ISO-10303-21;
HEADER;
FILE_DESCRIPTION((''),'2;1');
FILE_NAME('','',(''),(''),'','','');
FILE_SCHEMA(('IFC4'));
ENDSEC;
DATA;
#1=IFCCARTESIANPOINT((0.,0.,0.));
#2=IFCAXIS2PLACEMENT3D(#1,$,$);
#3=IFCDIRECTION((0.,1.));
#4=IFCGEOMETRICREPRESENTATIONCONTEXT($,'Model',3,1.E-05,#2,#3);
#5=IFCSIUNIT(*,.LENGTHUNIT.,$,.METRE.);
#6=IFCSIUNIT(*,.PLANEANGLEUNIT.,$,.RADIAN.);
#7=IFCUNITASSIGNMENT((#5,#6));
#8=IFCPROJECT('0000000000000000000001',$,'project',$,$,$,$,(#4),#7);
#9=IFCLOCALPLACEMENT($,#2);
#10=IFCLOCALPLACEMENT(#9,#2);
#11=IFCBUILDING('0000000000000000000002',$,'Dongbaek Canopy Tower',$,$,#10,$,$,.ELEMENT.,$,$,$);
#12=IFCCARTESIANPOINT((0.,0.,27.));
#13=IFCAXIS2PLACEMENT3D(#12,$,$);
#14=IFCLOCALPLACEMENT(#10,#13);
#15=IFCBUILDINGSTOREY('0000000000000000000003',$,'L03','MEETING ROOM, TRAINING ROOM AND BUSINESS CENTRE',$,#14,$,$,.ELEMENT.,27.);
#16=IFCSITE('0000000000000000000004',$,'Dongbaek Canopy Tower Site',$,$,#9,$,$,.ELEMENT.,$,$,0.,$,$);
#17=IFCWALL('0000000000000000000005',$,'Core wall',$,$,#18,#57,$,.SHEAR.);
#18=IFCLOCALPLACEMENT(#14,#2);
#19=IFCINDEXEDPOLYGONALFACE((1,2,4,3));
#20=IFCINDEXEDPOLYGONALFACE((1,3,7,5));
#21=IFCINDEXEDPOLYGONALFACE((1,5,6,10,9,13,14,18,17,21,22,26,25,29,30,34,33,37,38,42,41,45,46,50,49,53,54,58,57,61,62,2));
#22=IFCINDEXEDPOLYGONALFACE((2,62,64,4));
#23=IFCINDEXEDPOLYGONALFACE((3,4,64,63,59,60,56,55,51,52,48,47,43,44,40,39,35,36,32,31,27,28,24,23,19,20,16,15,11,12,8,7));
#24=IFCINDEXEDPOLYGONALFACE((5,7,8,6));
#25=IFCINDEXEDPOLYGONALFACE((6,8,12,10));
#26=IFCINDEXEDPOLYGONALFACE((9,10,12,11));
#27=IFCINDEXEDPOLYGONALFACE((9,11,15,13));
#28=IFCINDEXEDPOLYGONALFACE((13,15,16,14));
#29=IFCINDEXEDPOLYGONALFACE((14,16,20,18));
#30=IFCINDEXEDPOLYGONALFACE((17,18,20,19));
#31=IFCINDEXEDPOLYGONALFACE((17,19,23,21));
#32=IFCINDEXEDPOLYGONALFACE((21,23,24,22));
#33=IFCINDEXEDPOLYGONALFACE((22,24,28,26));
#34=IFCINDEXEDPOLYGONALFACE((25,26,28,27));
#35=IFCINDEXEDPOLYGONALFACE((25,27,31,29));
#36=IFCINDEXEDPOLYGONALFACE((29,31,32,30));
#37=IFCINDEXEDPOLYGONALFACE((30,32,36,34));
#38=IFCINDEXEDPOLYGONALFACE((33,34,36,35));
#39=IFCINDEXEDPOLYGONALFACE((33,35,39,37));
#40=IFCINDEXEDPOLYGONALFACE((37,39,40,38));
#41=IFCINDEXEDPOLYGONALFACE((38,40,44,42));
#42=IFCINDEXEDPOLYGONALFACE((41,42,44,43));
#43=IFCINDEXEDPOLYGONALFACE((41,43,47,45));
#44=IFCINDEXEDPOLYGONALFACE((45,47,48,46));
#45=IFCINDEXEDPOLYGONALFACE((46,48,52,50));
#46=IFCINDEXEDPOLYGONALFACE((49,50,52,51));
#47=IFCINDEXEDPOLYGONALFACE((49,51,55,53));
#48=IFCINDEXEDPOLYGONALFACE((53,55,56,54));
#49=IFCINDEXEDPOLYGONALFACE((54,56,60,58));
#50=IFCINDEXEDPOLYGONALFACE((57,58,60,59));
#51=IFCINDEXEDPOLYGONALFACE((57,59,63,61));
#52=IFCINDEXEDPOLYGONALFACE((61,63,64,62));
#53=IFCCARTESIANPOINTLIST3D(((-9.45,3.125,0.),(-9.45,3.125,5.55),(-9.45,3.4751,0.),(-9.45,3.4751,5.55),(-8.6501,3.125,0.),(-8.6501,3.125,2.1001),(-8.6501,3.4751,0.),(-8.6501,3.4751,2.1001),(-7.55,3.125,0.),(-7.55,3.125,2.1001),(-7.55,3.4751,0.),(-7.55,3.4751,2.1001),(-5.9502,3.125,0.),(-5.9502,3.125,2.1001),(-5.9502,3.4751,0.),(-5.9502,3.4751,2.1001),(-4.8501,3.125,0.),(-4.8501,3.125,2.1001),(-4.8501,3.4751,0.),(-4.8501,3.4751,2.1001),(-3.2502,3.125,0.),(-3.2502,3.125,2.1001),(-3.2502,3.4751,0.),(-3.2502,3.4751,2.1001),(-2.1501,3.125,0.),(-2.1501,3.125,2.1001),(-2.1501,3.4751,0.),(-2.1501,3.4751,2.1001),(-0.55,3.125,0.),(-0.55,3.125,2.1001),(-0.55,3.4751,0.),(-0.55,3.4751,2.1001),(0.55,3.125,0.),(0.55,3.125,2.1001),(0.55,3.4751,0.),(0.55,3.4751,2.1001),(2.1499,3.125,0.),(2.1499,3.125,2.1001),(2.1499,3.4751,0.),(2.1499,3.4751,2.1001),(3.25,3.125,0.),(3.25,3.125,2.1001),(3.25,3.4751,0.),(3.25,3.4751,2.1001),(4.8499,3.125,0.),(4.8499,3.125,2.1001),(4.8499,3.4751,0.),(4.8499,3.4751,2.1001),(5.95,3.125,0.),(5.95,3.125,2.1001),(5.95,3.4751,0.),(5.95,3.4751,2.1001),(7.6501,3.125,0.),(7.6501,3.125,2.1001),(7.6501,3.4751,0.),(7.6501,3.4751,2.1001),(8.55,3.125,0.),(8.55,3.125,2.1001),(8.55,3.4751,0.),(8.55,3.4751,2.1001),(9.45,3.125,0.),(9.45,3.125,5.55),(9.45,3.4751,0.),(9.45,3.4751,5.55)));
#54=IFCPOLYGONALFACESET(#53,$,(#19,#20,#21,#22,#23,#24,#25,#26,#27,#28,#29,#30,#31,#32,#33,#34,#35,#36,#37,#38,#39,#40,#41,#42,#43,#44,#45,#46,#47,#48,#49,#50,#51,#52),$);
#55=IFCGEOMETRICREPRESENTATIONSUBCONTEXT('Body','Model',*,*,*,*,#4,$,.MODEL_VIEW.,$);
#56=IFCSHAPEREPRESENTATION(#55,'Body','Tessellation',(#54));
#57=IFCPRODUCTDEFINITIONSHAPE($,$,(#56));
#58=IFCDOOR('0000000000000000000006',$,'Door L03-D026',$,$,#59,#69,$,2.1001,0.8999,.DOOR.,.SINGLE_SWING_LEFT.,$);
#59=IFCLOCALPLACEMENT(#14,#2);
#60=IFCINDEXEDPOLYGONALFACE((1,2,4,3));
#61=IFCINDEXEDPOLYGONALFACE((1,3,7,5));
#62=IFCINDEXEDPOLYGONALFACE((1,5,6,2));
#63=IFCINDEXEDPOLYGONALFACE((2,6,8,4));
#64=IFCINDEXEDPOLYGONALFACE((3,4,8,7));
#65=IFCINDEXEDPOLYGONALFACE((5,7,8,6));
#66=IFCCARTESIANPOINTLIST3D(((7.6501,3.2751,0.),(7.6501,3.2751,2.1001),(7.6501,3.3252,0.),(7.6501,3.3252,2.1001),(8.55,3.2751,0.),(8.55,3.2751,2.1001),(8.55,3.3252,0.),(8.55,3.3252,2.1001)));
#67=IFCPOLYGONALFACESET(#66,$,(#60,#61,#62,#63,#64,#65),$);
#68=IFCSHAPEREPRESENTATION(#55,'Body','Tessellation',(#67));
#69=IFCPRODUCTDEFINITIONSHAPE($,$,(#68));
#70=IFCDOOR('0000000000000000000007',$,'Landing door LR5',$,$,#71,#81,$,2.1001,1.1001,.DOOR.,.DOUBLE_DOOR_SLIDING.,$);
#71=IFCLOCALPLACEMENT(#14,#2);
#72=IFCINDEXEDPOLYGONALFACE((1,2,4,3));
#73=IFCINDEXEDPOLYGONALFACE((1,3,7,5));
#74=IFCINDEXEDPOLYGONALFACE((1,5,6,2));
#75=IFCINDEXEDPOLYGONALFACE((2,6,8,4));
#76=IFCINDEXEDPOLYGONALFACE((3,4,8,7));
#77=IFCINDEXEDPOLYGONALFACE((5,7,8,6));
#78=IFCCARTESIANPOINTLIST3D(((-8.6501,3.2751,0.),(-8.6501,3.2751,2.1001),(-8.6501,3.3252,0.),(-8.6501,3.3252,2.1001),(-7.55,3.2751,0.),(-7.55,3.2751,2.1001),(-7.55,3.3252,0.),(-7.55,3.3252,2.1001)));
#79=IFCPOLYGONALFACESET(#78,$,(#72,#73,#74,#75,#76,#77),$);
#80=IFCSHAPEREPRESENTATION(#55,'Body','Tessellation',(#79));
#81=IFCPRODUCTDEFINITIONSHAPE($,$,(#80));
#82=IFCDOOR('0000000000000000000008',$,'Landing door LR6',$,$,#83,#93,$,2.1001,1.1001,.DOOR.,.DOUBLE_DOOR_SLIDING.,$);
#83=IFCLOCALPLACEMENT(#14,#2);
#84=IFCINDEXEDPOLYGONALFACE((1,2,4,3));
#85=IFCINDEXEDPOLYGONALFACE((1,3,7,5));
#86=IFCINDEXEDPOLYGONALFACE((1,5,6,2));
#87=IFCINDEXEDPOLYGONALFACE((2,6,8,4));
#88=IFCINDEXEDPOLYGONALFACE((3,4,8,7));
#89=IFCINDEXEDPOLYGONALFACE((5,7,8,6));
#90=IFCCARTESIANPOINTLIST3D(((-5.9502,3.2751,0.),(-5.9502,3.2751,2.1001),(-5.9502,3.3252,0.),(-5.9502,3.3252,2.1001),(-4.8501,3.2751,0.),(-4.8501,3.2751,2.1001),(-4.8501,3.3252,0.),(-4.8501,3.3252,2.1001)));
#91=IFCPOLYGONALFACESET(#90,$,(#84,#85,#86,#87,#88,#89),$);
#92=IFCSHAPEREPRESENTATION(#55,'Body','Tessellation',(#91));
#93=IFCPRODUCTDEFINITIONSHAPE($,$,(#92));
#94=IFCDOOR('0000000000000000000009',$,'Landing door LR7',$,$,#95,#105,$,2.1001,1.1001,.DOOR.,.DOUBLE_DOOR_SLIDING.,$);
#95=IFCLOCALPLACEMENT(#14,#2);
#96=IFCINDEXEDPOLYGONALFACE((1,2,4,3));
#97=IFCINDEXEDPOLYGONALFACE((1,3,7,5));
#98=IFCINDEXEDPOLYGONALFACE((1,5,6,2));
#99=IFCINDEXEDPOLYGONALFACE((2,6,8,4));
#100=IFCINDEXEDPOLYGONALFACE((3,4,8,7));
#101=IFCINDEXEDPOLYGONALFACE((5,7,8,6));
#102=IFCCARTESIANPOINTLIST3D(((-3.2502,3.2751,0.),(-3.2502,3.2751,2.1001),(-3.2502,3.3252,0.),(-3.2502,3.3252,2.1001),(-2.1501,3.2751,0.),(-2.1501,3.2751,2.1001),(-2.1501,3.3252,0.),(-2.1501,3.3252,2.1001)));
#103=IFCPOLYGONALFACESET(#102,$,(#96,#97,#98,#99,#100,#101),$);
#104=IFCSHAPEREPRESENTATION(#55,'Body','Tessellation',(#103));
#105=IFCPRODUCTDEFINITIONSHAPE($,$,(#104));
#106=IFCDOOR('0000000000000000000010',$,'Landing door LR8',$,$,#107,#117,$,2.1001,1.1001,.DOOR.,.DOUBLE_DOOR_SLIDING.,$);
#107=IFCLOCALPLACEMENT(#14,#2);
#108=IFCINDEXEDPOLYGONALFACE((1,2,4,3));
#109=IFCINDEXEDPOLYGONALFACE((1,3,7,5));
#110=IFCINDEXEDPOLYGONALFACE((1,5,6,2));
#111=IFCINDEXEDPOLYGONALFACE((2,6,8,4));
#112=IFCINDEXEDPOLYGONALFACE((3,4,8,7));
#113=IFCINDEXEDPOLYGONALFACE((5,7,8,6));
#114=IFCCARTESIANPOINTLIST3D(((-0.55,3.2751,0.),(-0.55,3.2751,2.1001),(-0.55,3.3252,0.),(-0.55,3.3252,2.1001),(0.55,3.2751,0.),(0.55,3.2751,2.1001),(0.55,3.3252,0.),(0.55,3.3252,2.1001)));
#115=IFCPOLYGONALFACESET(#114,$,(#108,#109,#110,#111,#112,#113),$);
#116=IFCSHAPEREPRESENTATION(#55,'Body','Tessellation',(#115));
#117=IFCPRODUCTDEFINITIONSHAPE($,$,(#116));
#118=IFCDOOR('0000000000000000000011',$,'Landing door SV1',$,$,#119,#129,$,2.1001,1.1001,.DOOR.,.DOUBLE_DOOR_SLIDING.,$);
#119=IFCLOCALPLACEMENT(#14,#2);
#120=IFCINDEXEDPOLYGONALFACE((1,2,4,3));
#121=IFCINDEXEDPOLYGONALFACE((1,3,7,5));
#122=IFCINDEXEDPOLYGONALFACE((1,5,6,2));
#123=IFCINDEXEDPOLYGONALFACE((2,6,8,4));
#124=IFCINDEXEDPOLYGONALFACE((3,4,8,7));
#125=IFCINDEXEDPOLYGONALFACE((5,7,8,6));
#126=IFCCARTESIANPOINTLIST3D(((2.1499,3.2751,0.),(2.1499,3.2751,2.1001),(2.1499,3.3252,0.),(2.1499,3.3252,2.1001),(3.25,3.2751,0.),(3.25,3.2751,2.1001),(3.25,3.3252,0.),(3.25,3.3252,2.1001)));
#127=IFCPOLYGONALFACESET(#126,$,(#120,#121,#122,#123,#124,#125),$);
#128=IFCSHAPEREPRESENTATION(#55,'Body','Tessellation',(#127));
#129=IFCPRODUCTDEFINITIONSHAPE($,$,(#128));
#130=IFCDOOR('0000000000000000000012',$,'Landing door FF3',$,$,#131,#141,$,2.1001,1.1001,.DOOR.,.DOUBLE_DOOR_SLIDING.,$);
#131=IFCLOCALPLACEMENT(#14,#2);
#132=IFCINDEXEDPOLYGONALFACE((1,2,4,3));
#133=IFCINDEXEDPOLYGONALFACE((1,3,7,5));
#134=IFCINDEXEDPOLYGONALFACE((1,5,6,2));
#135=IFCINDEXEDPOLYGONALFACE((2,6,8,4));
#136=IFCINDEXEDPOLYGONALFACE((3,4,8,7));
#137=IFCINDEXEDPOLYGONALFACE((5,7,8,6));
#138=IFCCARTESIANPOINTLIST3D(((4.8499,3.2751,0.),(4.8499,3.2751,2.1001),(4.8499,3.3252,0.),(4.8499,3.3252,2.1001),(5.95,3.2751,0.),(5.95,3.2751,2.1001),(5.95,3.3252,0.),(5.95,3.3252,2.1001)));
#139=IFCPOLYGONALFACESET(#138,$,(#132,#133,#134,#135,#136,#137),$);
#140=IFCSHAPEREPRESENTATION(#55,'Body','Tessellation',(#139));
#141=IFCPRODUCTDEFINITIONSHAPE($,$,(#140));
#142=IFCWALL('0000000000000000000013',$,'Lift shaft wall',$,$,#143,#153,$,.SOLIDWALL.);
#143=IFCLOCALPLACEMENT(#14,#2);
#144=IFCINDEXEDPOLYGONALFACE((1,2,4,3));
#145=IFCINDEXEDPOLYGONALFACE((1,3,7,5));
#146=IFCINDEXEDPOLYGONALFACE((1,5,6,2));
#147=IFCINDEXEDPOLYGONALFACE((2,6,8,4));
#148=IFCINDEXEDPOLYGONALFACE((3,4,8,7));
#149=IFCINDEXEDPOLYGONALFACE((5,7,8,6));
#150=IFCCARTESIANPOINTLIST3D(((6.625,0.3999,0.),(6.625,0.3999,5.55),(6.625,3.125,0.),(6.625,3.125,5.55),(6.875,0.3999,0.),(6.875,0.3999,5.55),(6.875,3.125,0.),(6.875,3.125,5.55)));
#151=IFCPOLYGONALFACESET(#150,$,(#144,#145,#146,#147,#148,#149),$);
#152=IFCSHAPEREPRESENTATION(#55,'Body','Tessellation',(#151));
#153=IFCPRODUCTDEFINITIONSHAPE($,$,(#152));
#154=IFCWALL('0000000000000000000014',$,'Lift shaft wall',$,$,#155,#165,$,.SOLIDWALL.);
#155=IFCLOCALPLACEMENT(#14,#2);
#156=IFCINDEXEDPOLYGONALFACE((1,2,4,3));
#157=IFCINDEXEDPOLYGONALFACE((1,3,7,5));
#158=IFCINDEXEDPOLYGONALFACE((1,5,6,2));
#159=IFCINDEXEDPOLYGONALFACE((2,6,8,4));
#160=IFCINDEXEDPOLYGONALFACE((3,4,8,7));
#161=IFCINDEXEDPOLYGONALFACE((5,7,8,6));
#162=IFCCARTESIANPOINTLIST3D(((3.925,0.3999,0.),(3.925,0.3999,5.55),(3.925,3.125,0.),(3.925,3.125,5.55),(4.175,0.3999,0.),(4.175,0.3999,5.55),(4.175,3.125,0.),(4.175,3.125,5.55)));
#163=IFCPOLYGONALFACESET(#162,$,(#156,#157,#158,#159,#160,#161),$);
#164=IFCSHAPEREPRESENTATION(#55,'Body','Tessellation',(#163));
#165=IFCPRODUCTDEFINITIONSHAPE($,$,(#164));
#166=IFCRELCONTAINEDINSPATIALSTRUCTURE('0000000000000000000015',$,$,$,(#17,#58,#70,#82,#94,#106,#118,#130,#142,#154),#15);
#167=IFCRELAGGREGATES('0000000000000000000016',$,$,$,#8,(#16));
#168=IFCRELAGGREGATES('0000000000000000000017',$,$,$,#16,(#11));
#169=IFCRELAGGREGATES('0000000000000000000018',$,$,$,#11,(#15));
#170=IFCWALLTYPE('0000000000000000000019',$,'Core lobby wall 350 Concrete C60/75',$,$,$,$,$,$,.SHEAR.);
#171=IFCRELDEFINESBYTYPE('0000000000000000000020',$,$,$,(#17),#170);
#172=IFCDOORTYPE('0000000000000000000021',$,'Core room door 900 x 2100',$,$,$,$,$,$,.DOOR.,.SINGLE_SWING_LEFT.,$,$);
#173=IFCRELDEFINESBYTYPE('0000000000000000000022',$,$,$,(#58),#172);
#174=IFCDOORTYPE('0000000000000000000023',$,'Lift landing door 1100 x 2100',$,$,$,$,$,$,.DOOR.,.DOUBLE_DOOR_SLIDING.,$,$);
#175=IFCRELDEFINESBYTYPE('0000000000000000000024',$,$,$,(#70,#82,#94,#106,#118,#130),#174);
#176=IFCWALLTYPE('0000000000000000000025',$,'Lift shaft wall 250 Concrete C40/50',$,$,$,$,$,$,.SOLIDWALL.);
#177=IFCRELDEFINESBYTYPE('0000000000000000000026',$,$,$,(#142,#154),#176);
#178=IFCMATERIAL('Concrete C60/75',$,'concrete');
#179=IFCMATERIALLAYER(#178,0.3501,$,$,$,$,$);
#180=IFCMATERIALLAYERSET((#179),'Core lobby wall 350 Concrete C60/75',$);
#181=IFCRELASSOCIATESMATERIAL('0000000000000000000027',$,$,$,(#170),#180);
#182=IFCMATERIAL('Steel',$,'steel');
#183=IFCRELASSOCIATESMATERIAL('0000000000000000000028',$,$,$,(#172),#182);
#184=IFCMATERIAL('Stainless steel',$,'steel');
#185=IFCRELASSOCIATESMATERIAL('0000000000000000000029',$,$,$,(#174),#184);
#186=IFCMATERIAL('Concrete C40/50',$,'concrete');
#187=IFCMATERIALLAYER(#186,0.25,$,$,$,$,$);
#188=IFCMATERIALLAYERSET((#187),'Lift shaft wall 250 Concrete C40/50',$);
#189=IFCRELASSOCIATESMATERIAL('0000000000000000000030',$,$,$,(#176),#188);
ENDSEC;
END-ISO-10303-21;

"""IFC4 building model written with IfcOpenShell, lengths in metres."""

from ifc_helpers import new_model, si_unit, direction, frame, frame_2d, origin, place, context, subcontext, project, spatial, rectangle, extrude, material, layer, layer_set, type_object, element, fill, save


model = new_model("IFC4")

# Units and contexts
model_context = context("Model", 3, precision=1e-05, world=origin(), true_north=direction((0.0, 1.0)))
body_context = subcontext(model_context, "Body", "Model", "MODEL_VIEW")
ifc_project = project(units=[si_unit("LENGTHUNIT", "METRE"), si_unit("PLANEANGLEUNIT", "RADIAN")], contexts=[model_context])

# Site, building, storey
site_placement = place(None, origin())
site = spatial("IfcSite", under=ifc_project, at=site_placement, Name="Dongbaek Canopy Tower Site", CompositionType="ELEMENT", RefElevation=0.0)
building_placement = place(site_placement, origin())
building = spatial("IfcBuilding", under=site, at=building_placement, Name="Dongbaek Canopy Tower", CompositionType="ELEMENT")
storey_placement = place(building_placement, frame((0.0, 0.0, 27.0)))
storey = spatial("IfcBuildingStorey", under=building, at=storey_placement, Name="L03", Description="MEETING ROOM, TRAINING ROOM AND BUSINESS CENTRE", CompositionType="ELEMENT", Elevation=27.0)

# Wall, openings, doors
ifc_material_1 = material(Name="Concrete C60/75", Category="concrete")
ifc_layer_1 = layer(ifc_material_1, 0.3501)
ifc_layer_set_1 = layer_set([ifc_layer_1], Name="Core lobby wall 350 Concrete C60/75")
wall_type_1 = type_object("IfcWallType", Name="Core lobby wall 350 Concrete C60/75", PredefinedType="SHEAR", material=ifc_layer_set_1)
wall_1_placement = place(storey_placement, frame((9.45, 3.3, 0.0), z_axis=(0.0, 0.0, 1.0), x_axis=(-1.0, 0.0, 0.0)))
wall_1 = element("IfcWall", 1, at=wall_1_placement, inside=storey, type_object=wall_type_1, Name="Core wall", PredefinedType="SHEAR", context=body_context, shape_type="SweptSolid", body=[
    extrude(rectangle(XDim=18.8999, YDim=0.3501, at=frame_2d((9.45, 0.0))), origin(), (0.0, 0.0, 1.0), 5.55),
])
opening_1_placement = place(wall_1_placement, frame((17.0, 0.0, 0.0)))
opening_1 = element("IfcOpeningElement", 2, at=opening_1_placement, cuts=wall_1, PredefinedType="OPENING", context=body_context, shape_type="SweptSolid", body=[
    extrude(rectangle(XDim=1.1001, YDim=2.1001, at=frame_2d((0.55, 1.05))), frame((0.0, 0.1851, 0.0), z_axis=(0.0, -1.0, 0.0), x_axis=(1.0, 0.0, 0.0)), (0.0, 0.0, 1.0), 0.3701),
])
opening_2_placement = place(wall_1_placement, frame((14.3, 0.0, 0.0)))
opening_2 = element("IfcOpeningElement", 3, at=opening_2_placement, cuts=wall_1, PredefinedType="OPENING", context=body_context, shape_type="SweptSolid", body=[
    extrude(rectangle(XDim=1.1001, YDim=2.1001, at=frame_2d((0.55, 1.05))), frame((0.0, 0.1851, 0.0), z_axis=(0.0, -1.0, 0.0), x_axis=(1.0, 0.0, 0.0)), (0.0, 0.0, 1.0), 0.3701),
])
opening_3_placement = place(wall_1_placement, frame((11.6001, 0.0, 0.0)))
opening_3 = element("IfcOpeningElement", 4, at=opening_3_placement, cuts=wall_1, PredefinedType="OPENING", context=body_context, shape_type="SweptSolid", body=[
    extrude(rectangle(XDim=1.1001, YDim=2.1001, at=frame_2d((0.55, 1.05))), frame((0.0, 0.1851, 0.0), z_axis=(0.0, -1.0, 0.0), x_axis=(1.0, 0.0, 0.0)), (0.0, 0.0, 1.0), 0.3701),
])
opening_4_placement = place(wall_1_placement, frame((8.8999, 0.0, 0.0)))
opening_4 = element("IfcOpeningElement", 5, at=opening_4_placement, cuts=wall_1, PredefinedType="OPENING", context=body_context, shape_type="SweptSolid", body=[
    extrude(rectangle(XDim=1.1001, YDim=2.1001, at=frame_2d((0.55, 1.05))), frame((0.0, 0.1851, 0.0), z_axis=(0.0, -1.0, 0.0), x_axis=(1.0, 0.0, 0.0)), (0.0, 0.0, 1.0), 0.3701),
])
opening_5_placement = place(wall_1_placement, frame((6.2, 0.0, 0.0)))
opening_5 = element("IfcOpeningElement", 6, at=opening_5_placement, cuts=wall_1, PredefinedType="OPENING", context=body_context, shape_type="SweptSolid", body=[
    extrude(rectangle(XDim=1.1001, YDim=2.1001, at=frame_2d((0.55, 1.05))), frame((0.0, 0.1851, 0.0), z_axis=(0.0, -1.0, 0.0), x_axis=(1.0, 0.0, 0.0)), (0.0, 0.0, 1.0), 0.3701),
])
opening_6_placement = place(wall_1_placement, frame((3.5, 0.0, 0.0)))
opening_6 = element("IfcOpeningElement", 7, at=opening_6_placement, cuts=wall_1, PredefinedType="OPENING", context=body_context, shape_type="SweptSolid", body=[
    extrude(rectangle(XDim=1.1001, YDim=2.1001, at=frame_2d((0.55, 1.05))), frame((0.0, 0.1851, 0.0), z_axis=(0.0, -1.0, 0.0), x_axis=(1.0, 0.0, 0.0)), (0.0, 0.0, 1.0), 0.3701),
])
opening_7_placement = place(wall_1_placement, frame((0.8999, 0.0, 0.0)))
opening_7 = element("IfcOpeningElement", 8, at=opening_7_placement, cuts=wall_1, PredefinedType="OPENING", context=body_context, shape_type="SweptSolid", body=[
    extrude(rectangle(XDim=0.8999, YDim=2.1001, at=frame_2d((0.45, 1.05))), frame((0.0, 0.1851, 0.0), z_axis=(0.0, -1.0, 0.0), x_axis=(1.0, 0.0, 0.0)), (0.0, 0.0, 1.0), 0.3701),
])
ifc_material_2 = material(Name="Steel", Category="steel")
door_type_1 = type_object("IfcDoorType", Name="Core room door 900 x 2100", OperationType="SINGLE_SWING_LEFT", PredefinedType="DOOR", material=ifc_material_2)
door_1_placement = place(opening_7_placement, origin())
door_1 = element("IfcDoor", 9, at=door_1_placement, inside=storey, type_object=door_type_1, Name="Door L03-D026", OperationType="SINGLE_SWING_LEFT", OverallHeight=2.1001, OverallWidth=0.8999, PredefinedType="DOOR", context=body_context, shape_type="SweptSolid", body=[
    extrude(rectangle(XDim=0.8999, YDim=2.1001, at=frame_2d((0.45, 1.05))), frame((0.0, 0.0249, 0.0), z_axis=(0.0, -1.0, 0.0), x_axis=(1.0, 0.0, 0.0)), (0.0, 0.0, 1.0), 0.05),
])
fill(opening_7, door_1)
ifc_material_3 = material(Name="Stainless steel", Category="steel")
door_type_2 = type_object("IfcDoorType", Name="Lift landing door 1100 x 2100", OperationType="DOUBLE_DOOR_SLIDING", PredefinedType="DOOR", material=ifc_material_3)
door_2_placement = place(opening_1_placement, origin())
door_2 = element("IfcDoor", 10, at=door_2_placement, inside=storey, type_object=door_type_2, Name="Landing door LR5", OperationType="DOUBLE_DOOR_SLIDING", OverallHeight=2.1001, OverallWidth=1.1001, PredefinedType="DOOR", context=body_context, shape_type="SweptSolid", body=[
    extrude(rectangle(XDim=1.1001, YDim=2.1001, at=frame_2d((0.55, 1.05))), frame((0.0, 0.0249, 0.0), z_axis=(0.0, -1.0, 0.0), x_axis=(1.0, 0.0, 0.0)), (0.0, 0.0, 1.0), 0.05),
])
fill(opening_1, door_2)
door_3_placement = place(opening_2_placement, origin())
door_3 = element("IfcDoor", 11, at=door_3_placement, inside=storey, type_object=door_type_2, Name="Landing door LR6", OperationType="DOUBLE_DOOR_SLIDING", OverallHeight=2.1001, OverallWidth=1.1001, PredefinedType="DOOR", context=body_context, shape_type="SweptSolid", body=[
    extrude(rectangle(XDim=1.1001, YDim=2.1001, at=frame_2d((0.55, 1.05))), frame((0.0, 0.0249, 0.0), z_axis=(0.0, -1.0, 0.0), x_axis=(1.0, 0.0, 0.0)), (0.0, 0.0, 1.0), 0.05),
])
fill(opening_2, door_3)
door_4_placement = place(opening_3_placement, origin())
door_4 = element("IfcDoor", 12, at=door_4_placement, inside=storey, type_object=door_type_2, Name="Landing door LR7", OperationType="DOUBLE_DOOR_SLIDING", OverallHeight=2.1001, OverallWidth=1.1001, PredefinedType="DOOR", context=body_context, shape_type="SweptSolid", body=[
    extrude(rectangle(XDim=1.1001, YDim=2.1001, at=frame_2d((0.55, 1.05))), frame((0.0, 0.0249, 0.0), z_axis=(0.0, -1.0, 0.0), x_axis=(1.0, 0.0, 0.0)), (0.0, 0.0, 1.0), 0.05),
])
fill(opening_3, door_4)
door_5_placement = place(opening_4_placement, origin())
door_5 = element("IfcDoor", 13, at=door_5_placement, inside=storey, type_object=door_type_2, Name="Landing door LR8", OperationType="DOUBLE_DOOR_SLIDING", OverallHeight=2.1001, OverallWidth=1.1001, PredefinedType="DOOR", context=body_context, shape_type="SweptSolid", body=[
    extrude(rectangle(XDim=1.1001, YDim=2.1001, at=frame_2d((0.55, 1.05))), frame((0.0, 0.0249, 0.0), z_axis=(0.0, -1.0, 0.0), x_axis=(1.0, 0.0, 0.0)), (0.0, 0.0, 1.0), 0.05),
])
fill(opening_4, door_5)
door_6_placement = place(opening_5_placement, origin())
door_6 = element("IfcDoor", 14, at=door_6_placement, inside=storey, type_object=door_type_2, Name="Landing door SV1", OperationType="DOUBLE_DOOR_SLIDING", OverallHeight=2.1001, OverallWidth=1.1001, PredefinedType="DOOR", context=body_context, shape_type="SweptSolid", body=[
    extrude(rectangle(XDim=1.1001, YDim=2.1001, at=frame_2d((0.55, 1.05))), frame((0.0, 0.0249, 0.0), z_axis=(0.0, -1.0, 0.0), x_axis=(1.0, 0.0, 0.0)), (0.0, 0.0, 1.0), 0.05),
])
fill(opening_5, door_6)
door_7_placement = place(opening_6_placement, origin())
door_7 = element("IfcDoor", 15, at=door_7_placement, inside=storey, type_object=door_type_2, Name="Landing door FF3", OperationType="DOUBLE_DOOR_SLIDING", OverallHeight=2.1001, OverallWidth=1.1001, PredefinedType="DOOR", context=body_context, shape_type="SweptSolid", body=[
    extrude(rectangle(XDim=1.1001, YDim=2.1001, at=frame_2d((0.55, 1.05))), frame((0.0, 0.0249, 0.0), z_axis=(0.0, -1.0, 0.0), x_axis=(1.0, 0.0, 0.0)), (0.0, 0.0, 1.0), 0.05),
])
fill(opening_6, door_7)

# Walls
ifc_material_4 = material(Name="Concrete C40/50", Category="concrete")
ifc_layer_2 = layer(ifc_material_4, 0.25)
ifc_layer_set_2 = layer_set([ifc_layer_2], Name="Lift shaft wall 250 Concrete C40/50")
wall_type_2 = type_object("IfcWallType", Name="Lift shaft wall 250 Concrete C40/50", PredefinedType="SOLIDWALL", material=ifc_layer_set_2)
for number, where, z_axis, x_axis, name in (
    (16, (6.75, 0.3999, 0.0), (0.0, 0.0, 1.0), (0.0, 1.0, 0.0), "Lift shaft wall"),
    (17, (4.05, 0.3999, 0.0), (0.0, 0.0, 1.0), (0.0, 1.0, 0.0), "Lift shaft wall"),
):
    element("IfcWall", number, at=place(storey_placement, frame(where, z_axis=z_axis, x_axis=x_axis)), inside=storey, type_object=wall_type_2, Name=name, PredefinedType="SOLIDWALL", context=body_context, shape_type="SweptSolid", body=[
        extrude(rectangle(XDim=2.7251, YDim=0.25, at=frame_2d((1.3625, 0.0))), origin(), (0.0, 0.0, 1.0), 5.55),
    ])

save(model, "model.ifc")
